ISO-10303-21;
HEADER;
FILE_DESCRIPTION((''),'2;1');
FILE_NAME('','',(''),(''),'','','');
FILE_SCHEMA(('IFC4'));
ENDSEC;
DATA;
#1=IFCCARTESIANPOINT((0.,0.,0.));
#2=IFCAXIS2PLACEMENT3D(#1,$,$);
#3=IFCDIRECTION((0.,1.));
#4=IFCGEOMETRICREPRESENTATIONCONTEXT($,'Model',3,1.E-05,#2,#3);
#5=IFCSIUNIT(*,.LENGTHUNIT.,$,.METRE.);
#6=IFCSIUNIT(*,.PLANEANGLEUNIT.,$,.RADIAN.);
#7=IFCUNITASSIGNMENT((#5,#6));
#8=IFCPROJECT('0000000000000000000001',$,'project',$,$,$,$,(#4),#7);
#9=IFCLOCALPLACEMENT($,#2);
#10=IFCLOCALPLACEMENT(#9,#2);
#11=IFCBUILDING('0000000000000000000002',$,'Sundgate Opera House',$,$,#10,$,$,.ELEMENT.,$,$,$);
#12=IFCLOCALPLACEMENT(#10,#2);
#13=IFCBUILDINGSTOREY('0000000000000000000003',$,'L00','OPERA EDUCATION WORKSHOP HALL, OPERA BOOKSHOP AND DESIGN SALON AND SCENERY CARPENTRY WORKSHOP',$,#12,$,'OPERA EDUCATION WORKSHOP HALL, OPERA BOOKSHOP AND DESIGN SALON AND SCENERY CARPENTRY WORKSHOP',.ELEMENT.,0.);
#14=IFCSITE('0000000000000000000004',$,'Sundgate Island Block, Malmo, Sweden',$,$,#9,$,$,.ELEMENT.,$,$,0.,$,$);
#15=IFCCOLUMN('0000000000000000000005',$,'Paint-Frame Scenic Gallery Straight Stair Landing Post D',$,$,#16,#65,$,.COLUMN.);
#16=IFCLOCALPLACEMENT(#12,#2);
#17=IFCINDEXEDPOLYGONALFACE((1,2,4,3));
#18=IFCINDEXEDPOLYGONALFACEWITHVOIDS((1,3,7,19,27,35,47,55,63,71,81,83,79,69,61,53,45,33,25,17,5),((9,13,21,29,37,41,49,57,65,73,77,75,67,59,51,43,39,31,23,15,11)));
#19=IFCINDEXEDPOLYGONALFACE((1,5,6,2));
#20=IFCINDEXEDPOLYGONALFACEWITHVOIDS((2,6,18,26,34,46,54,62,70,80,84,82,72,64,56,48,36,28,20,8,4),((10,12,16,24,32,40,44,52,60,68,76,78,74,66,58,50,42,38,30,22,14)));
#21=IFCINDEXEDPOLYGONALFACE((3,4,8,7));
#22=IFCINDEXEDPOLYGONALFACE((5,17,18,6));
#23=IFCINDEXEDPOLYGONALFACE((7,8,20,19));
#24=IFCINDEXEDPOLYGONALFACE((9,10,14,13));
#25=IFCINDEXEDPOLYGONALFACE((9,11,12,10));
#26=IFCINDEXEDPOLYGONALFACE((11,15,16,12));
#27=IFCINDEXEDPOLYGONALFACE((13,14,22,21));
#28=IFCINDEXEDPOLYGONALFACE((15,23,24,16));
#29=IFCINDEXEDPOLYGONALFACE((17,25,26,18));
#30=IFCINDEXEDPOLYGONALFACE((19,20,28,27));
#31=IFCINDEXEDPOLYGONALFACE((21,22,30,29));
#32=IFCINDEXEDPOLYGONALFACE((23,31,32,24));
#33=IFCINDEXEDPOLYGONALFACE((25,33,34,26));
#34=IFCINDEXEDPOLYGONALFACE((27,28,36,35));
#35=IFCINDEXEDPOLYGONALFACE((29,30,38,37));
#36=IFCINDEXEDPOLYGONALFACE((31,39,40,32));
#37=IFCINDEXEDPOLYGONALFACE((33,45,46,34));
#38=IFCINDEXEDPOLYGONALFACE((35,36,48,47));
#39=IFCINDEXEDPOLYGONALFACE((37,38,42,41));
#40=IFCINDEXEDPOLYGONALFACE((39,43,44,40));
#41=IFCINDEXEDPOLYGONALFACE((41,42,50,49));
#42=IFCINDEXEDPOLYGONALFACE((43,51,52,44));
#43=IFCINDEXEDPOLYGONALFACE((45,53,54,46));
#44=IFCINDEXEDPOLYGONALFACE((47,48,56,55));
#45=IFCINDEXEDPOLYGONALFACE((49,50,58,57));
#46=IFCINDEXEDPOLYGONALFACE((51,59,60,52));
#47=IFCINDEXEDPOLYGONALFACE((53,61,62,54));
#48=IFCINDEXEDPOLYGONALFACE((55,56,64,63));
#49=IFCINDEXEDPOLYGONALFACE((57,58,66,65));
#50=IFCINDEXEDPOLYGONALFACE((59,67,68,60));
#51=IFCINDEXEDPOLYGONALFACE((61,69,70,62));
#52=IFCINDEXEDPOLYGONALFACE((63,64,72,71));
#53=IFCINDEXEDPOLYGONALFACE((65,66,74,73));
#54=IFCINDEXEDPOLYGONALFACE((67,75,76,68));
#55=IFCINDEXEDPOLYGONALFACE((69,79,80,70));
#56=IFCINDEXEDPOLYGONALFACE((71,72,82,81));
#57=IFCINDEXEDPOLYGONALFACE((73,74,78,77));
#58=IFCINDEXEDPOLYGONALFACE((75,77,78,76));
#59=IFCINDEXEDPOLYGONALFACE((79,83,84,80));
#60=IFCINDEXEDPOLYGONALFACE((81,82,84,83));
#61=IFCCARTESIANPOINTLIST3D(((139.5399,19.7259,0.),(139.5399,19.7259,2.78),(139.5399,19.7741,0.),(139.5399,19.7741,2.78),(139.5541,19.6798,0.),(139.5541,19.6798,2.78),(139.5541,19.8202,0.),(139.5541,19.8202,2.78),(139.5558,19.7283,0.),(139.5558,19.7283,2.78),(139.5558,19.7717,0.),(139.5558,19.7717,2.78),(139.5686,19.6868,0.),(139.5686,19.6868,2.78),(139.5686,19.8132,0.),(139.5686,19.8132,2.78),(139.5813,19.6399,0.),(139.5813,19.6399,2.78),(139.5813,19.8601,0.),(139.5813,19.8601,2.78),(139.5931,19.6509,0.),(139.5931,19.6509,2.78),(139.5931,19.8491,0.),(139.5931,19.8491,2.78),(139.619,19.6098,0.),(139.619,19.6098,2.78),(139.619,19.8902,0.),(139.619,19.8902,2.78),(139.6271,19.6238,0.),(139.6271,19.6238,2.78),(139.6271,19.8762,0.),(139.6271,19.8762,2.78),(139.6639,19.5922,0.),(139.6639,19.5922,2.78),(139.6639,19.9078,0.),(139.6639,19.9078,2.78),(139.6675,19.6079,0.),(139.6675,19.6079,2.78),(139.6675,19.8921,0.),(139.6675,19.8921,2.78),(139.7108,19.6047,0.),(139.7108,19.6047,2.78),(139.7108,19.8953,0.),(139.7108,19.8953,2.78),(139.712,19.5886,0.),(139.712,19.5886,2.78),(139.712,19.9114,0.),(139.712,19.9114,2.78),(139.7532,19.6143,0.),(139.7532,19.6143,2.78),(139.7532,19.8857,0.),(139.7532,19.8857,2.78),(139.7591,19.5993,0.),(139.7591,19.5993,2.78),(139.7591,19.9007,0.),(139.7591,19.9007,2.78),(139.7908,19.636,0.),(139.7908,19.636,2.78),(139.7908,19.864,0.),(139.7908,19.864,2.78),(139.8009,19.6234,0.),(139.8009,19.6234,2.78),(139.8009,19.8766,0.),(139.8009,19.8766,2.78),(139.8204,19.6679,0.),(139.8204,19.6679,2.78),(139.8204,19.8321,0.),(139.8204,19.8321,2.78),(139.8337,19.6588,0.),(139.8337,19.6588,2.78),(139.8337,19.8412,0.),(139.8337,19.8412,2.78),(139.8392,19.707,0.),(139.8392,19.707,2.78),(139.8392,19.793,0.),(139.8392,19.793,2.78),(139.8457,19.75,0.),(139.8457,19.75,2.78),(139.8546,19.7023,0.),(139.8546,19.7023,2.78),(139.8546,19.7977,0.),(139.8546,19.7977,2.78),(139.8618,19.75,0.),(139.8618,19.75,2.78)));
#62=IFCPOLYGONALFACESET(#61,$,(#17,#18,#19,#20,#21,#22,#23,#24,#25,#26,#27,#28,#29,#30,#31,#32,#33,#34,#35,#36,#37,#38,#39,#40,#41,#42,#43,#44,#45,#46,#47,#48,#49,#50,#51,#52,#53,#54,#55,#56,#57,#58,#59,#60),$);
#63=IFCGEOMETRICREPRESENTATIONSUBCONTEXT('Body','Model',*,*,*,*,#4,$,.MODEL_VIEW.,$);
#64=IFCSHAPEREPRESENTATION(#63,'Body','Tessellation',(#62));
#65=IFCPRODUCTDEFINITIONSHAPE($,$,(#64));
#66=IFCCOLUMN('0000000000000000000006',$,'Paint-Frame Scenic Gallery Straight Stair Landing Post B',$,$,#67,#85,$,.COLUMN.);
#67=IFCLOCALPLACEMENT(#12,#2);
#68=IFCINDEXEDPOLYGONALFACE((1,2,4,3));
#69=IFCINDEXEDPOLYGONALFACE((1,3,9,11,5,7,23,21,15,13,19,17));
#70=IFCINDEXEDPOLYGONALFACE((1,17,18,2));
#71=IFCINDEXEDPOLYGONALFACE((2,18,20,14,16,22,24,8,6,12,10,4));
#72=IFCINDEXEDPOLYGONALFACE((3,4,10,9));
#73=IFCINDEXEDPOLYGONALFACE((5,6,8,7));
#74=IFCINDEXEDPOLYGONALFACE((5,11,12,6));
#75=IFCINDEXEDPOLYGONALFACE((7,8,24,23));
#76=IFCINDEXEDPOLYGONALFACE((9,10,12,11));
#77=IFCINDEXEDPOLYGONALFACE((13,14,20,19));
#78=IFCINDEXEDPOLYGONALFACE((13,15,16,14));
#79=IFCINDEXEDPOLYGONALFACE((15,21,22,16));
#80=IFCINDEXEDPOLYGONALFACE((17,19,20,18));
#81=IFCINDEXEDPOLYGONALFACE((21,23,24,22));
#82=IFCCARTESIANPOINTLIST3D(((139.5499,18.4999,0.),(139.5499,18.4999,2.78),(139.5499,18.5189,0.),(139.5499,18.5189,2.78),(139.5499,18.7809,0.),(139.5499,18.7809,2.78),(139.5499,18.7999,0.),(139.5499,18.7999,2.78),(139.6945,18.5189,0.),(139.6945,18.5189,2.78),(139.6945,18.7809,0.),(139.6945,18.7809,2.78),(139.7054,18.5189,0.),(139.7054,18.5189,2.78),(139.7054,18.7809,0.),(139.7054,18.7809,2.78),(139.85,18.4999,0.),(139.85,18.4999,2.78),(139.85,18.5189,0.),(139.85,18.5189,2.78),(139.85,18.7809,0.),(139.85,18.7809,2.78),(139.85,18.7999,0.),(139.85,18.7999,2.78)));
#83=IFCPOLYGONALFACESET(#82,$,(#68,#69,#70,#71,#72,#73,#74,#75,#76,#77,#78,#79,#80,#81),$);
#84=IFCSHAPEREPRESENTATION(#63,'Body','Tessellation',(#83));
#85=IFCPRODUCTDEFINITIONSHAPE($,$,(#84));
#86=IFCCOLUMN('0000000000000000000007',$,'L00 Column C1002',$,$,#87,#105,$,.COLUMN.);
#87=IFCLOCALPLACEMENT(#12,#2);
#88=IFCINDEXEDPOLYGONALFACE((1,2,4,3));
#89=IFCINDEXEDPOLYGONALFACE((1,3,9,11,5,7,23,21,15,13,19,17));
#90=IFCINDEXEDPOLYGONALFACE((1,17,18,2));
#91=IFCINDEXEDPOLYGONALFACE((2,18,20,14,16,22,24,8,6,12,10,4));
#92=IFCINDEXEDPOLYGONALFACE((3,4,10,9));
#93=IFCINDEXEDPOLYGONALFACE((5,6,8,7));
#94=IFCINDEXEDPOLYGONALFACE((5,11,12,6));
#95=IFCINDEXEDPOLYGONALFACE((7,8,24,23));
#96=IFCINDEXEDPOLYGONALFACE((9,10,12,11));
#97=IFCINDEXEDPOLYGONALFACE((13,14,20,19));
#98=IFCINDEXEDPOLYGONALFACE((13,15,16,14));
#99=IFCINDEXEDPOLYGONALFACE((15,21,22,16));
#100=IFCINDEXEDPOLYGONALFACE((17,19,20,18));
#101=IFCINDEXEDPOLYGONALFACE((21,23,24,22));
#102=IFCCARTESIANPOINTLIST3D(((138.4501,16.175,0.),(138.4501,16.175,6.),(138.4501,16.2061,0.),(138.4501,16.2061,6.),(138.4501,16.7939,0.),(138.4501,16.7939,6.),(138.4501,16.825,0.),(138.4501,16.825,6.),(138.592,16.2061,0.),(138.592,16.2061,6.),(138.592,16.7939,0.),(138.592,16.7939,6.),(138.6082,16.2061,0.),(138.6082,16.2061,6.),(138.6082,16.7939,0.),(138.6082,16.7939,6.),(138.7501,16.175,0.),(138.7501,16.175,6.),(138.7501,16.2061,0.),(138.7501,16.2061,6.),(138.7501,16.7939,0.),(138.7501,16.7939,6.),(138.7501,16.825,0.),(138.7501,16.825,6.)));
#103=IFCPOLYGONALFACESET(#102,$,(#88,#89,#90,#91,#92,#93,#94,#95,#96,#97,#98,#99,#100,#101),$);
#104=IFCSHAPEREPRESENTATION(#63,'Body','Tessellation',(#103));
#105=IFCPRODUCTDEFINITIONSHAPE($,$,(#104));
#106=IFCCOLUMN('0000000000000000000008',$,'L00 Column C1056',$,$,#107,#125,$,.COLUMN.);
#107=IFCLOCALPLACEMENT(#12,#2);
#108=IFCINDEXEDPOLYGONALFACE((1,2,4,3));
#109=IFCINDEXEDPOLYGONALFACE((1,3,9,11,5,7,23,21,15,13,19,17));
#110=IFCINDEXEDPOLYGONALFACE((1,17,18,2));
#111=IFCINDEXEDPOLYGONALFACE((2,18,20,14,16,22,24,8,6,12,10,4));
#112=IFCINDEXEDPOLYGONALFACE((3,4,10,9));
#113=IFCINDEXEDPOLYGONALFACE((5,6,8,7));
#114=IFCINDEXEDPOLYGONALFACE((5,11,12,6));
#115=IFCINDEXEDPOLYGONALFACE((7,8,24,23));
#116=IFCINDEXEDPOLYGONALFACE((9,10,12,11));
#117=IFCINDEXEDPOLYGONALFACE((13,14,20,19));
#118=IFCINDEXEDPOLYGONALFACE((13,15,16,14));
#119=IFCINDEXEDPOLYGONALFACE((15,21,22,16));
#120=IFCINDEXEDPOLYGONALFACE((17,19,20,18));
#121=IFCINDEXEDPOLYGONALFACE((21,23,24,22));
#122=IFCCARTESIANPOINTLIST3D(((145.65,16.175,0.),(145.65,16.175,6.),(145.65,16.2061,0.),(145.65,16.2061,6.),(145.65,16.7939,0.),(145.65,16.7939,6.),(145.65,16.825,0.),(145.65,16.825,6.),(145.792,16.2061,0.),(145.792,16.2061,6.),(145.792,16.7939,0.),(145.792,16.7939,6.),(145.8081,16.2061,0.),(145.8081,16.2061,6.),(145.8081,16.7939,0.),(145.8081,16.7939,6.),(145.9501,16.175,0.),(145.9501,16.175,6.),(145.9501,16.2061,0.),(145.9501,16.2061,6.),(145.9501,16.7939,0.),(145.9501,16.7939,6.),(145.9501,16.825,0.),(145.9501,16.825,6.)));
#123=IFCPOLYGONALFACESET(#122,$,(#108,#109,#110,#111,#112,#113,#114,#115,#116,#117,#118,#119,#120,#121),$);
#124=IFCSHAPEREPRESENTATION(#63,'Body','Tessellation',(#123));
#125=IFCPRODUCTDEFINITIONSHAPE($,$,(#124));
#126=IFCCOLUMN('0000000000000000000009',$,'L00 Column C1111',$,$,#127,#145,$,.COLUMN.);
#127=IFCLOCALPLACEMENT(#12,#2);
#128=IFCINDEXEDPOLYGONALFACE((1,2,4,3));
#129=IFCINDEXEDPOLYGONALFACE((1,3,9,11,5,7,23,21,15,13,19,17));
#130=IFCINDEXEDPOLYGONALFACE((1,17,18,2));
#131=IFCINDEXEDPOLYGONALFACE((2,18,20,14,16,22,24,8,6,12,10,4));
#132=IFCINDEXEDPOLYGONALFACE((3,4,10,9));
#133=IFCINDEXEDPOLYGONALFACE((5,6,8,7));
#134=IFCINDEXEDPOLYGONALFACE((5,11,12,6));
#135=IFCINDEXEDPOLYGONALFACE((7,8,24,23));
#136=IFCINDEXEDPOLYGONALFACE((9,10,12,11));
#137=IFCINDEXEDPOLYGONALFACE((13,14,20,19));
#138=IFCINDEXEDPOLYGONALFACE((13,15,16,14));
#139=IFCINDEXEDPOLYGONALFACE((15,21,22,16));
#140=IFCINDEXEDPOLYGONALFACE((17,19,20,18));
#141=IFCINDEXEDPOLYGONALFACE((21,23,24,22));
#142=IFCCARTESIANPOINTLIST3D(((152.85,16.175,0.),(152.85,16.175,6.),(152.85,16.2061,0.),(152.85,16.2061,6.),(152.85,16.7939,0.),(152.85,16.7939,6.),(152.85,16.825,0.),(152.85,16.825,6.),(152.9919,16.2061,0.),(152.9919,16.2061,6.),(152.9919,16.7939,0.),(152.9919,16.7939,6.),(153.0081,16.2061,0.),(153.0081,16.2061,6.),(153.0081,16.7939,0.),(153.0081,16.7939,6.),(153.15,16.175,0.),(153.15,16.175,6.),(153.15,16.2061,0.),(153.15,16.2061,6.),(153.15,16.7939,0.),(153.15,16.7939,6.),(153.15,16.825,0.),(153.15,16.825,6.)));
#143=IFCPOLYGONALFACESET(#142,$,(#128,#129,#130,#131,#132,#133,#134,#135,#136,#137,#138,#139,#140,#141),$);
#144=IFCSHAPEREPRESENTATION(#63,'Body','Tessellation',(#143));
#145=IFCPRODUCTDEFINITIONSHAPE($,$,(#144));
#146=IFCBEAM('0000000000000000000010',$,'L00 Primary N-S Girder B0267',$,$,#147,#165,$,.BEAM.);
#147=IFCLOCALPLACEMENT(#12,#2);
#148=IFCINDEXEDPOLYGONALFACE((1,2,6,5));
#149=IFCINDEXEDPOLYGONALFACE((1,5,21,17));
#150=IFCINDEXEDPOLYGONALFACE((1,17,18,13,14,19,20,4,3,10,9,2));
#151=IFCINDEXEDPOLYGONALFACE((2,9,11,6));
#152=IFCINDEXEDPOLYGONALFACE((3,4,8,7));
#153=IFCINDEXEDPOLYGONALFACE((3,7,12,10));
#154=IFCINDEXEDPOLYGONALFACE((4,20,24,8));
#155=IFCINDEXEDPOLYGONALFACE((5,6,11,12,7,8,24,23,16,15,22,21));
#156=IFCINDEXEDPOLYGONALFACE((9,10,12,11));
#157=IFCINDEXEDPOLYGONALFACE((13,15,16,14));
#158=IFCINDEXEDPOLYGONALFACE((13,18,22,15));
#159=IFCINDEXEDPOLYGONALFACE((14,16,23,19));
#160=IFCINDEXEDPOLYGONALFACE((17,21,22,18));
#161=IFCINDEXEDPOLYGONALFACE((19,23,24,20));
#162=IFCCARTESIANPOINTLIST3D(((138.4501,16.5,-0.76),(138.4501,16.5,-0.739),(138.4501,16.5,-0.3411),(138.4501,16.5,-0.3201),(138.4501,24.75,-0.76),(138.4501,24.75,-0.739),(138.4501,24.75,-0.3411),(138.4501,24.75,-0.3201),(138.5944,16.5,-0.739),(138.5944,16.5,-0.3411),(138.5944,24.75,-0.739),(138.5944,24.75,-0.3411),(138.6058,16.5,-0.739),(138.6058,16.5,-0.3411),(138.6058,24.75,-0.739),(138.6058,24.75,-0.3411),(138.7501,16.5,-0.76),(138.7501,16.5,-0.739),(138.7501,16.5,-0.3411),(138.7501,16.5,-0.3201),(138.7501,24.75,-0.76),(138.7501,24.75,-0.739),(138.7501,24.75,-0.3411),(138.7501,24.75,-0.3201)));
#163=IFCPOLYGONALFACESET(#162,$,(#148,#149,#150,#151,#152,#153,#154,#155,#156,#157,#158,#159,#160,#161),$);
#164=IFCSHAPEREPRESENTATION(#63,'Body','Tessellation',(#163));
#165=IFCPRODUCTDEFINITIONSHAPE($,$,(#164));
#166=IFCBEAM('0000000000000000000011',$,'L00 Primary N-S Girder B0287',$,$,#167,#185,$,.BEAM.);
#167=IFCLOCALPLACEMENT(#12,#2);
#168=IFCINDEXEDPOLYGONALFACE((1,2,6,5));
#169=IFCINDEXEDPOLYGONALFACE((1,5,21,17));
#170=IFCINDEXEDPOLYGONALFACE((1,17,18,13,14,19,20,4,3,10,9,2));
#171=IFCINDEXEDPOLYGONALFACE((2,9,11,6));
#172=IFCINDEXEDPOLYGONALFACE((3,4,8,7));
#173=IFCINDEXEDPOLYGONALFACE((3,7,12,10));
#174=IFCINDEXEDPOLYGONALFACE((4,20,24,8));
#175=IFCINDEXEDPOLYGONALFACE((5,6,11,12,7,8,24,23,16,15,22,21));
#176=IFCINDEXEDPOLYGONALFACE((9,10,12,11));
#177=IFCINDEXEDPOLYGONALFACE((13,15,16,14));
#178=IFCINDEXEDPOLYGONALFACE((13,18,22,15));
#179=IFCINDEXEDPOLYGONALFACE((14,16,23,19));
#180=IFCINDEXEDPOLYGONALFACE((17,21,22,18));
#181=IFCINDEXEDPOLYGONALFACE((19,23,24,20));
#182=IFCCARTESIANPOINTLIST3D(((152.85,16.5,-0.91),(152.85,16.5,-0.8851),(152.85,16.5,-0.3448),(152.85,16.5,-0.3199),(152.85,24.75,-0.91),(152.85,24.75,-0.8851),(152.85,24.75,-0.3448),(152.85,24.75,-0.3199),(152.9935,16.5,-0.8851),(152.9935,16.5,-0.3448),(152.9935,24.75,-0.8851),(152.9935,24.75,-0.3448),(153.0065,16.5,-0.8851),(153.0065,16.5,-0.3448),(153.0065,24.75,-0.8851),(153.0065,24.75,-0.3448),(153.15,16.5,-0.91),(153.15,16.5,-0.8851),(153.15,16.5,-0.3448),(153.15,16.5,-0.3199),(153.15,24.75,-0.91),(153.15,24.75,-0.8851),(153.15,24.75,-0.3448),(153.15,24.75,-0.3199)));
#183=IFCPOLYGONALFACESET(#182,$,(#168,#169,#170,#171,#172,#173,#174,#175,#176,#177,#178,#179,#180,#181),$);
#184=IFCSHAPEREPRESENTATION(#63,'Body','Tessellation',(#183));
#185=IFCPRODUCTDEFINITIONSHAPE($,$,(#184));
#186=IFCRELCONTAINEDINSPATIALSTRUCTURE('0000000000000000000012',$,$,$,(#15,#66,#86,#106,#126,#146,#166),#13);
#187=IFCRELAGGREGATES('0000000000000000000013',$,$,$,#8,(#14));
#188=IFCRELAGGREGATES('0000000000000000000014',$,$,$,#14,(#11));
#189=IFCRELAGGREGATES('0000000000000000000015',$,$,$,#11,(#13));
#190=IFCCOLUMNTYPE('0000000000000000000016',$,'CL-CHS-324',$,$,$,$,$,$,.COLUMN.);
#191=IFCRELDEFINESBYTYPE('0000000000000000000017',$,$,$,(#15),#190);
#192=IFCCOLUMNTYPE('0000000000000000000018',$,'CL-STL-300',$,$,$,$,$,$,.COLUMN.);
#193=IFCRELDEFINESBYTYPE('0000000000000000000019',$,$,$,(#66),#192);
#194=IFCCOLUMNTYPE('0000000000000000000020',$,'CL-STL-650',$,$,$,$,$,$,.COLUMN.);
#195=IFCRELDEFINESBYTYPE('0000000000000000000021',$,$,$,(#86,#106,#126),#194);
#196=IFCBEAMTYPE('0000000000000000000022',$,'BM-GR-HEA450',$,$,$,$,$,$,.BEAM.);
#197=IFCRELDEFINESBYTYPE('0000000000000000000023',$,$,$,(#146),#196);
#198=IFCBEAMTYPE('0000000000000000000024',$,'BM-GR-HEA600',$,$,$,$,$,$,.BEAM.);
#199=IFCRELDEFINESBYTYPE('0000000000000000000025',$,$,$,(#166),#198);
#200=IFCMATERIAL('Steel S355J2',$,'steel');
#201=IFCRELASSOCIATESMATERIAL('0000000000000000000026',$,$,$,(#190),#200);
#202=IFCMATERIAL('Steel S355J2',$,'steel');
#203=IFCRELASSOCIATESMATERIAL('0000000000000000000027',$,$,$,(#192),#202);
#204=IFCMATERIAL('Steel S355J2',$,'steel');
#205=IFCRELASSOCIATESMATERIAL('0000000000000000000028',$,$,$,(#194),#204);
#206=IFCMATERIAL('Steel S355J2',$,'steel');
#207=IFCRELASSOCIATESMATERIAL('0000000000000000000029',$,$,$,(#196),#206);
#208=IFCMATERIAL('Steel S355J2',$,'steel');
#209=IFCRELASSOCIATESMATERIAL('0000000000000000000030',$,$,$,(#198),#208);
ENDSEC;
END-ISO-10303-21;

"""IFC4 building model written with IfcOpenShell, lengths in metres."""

from ifc_helpers import new_model, si_unit, direction, frame, origin, origin_2d, place, context, subcontext, project, spatial, hollow_circle, i_section, extrude, material, material_profile, profile_set, type_object, element, save


model = new_model("IFC4")

# Units and contexts
model_context = context("Model", 3, precision=1e-05, world=origin(), true_north=direction((0.0, 1.0)))
body_context = subcontext(model_context, "Body", "Model", "MODEL_VIEW")
ifc_project = project(units=[si_unit("LENGTHUNIT", "METRE"), si_unit("PLANEANGLEUNIT", "RADIAN")], contexts=[model_context])

# Site, building, storey
site_placement = place(None, origin())
site = spatial("IfcSite", under=ifc_project, at=site_placement, Name="Sundgate Island Block, Malmo, Sweden", CompositionType="ELEMENT", RefElevation=0.0)
building_placement = place(site_placement, origin())
building = spatial("IfcBuilding", under=site, at=building_placement, Name="Sundgate Opera House", CompositionType="ELEMENT")
storey_placement = place(building_placement, origin())
storey = spatial("IfcBuildingStorey", under=building, at=storey_placement, Name="L00", Description="OPERA EDUCATION WORKSHOP HALL, OPERA BOOKSHOP AND DESIGN SALON AND SCENERY CARPENTRY WORKSHOP", LongName="OPERA EDUCATION WORKSHOP HALL, OPERA BOOKSHOP AND DESIGN SALON AND SCENERY CARPENTRY WORKSHOP", CompositionType="ELEMENT", Elevation=0.0)

# Columns
ifc_material_1 = material(Name="Steel S355J2", Category="steel")
ifc_material_profile_1 = material_profile(ifc_material_1, hollow_circle(Radius=0.1619, WallThickness=0.0161, at=origin_2d()), Name="CHS 323.9x16.0")
ifc_profile_set_1 = profile_set([ifc_material_profile_1], Name="Steel S355J2")
column_type_1 = type_object("IfcColumnType", Name="CL-CHS-324", PredefinedType="COLUMN", material=ifc_profile_set_1)
column_1_placement = place(storey_placement, frame((139.7, 19.75, 0.0), z_axis=(0.0, 0.0, 1.0), x_axis=(1.0, 0.0, 0.0)))
element("IfcColumn", 1, at=column_1_placement, inside=storey, type_object=column_type_1, Name="Paint-Frame Scenic Gallery Straight Stair Landing Post D", PredefinedType="COLUMN", context=body_context, shape_type="SweptSolid", body=[
    extrude(hollow_circle(Radius=0.1619, WallThickness=0.0161, at=origin_2d()), origin(), (0.0, 0.0, 1.0), 2.78),
])
ifc_material_2 = material(Name="Steel S355J2", Category="steel")
ifc_material_profile_2 = material_profile(ifc_material_2, i_section(OverallWidth=0.3, OverallDepth=0.3, WebThickness=0.011, FlangeThickness=0.019, at=origin_2d()), Name="HEB 300")
ifc_profile_set_2 = profile_set([ifc_material_profile_2], Name="Steel S355J2")
column_type_2 = type_object("IfcColumnType", Name="CL-STL-300", PredefinedType="COLUMN", material=ifc_profile_set_2)
column_2_placement = place(storey_placement, frame((139.7, 18.6499, 0.0), z_axis=(0.0, 0.0, 1.0), x_axis=(1.0, 0.0, 0.0)))
element("IfcColumn", 2, at=column_2_placement, inside=storey, type_object=column_type_2, Name="Paint-Frame Scenic Gallery Straight Stair Landing Post B", PredefinedType="COLUMN", context=body_context, shape_type="SweptSolid", body=[
    extrude(i_section(OverallWidth=0.3, OverallDepth=0.3, WebThickness=0.011, FlangeThickness=0.019, at=origin_2d()), origin(), (0.0, 0.0, 1.0), 2.78),
])
ifc_material_3 = material(Name="Steel S355J2", Category="steel")
ifc_material_profile_3 = material_profile(ifc_material_3, i_section(OverallWidth=0.3, OverallDepth=0.6499, WebThickness=0.0161, FlangeThickness=0.031, at=origin_2d()), Name="HEB 650")
ifc_profile_set_3 = profile_set([ifc_material_profile_3], Name="Steel S355J2")
column_type_3 = type_object("IfcColumnType", Name="CL-STL-650", PredefinedType="COLUMN", material=ifc_profile_set_3)
for number, where, z_axis, x_axis, name in (
    (3, (138.6001, 16.5, 0.0), (0.0, 0.0, 1.0), (1.0, 0.0, 0.0), "L00 Column C1002"),
    (4, (145.8, 16.5, 0.0), (0.0, 0.0, 1.0), (1.0, 0.0, 0.0), "L00 Column C1056"),
    (5, (153.0, 16.5, 0.0), (0.0, 0.0, 1.0), (1.0, 0.0, 0.0), "L00 Column C1111"),
):
    element("IfcColumn", number, at=place(storey_placement, frame(where, z_axis=z_axis, x_axis=x_axis)), inside=storey, type_object=column_type_3, Name=name, PredefinedType="COLUMN", context=body_context, shape_type="SweptSolid", body=[
        extrude(i_section(OverallWidth=0.3, OverallDepth=0.6499, WebThickness=0.0161, FlangeThickness=0.031, at=origin_2d()), origin(), (0.0, 0.0, 1.0), 6.0),
    ])

# Beams
ifc_material_4 = material(Name="Steel S355J2", Category="steel")
ifc_material_profile_4 = material_profile(ifc_material_4, i_section(OverallWidth=0.3, OverallDepth=0.4399, WebThickness=0.0115, FlangeThickness=0.021, at=origin_2d()), Name="HEA 450")
ifc_profile_set_4 = profile_set([ifc_material_profile_4], Name="Steel S355J2")
beam_type_1 = type_object("IfcBeamType", Name="BM-GR-HEA450", PredefinedType="BEAM", material=ifc_profile_set_4)
beam_1_placement = place(storey_placement, frame((138.6001, 16.5, -0.54), z_axis=(0.0, 1.0, 0.0), x_axis=(-1.0, 0.0, 0.0)))
element("IfcBeam", 6, at=beam_1_placement, inside=storey, type_object=beam_type_1, Name="L00 Primary N-S Girder B0267", PredefinedType="BEAM", context=body_context, shape_type="SweptSolid", body=[
    extrude(i_section(OverallWidth=0.3, OverallDepth=0.4399, WebThickness=0.0115, FlangeThickness=0.021, at=origin_2d()), origin(), (0.0, 0.0, 1.0), 8.25),
])
ifc_material_5 = material(Name="Steel S355J2", Category="steel")
ifc_material_profile_5 = material_profile(ifc_material_5, i_section(OverallWidth=0.3, OverallDepth=0.5901, WebThickness=0.0129, FlangeThickness=0.0249, at=origin_2d()), Name="HEA 600")
ifc_profile_set_5 = profile_set([ifc_material_profile_5], Name="Steel S355J2")
beam_type_2 = type_object("IfcBeamType", Name="BM-GR-HEA600", PredefinedType="BEAM", material=ifc_profile_set_5)
beam_2_placement = place(storey_placement, frame((153.0, 16.5, -0.615), z_axis=(0.0, 1.0, 0.0), x_axis=(-1.0, 0.0, 0.0)))
element("IfcBeam", 7, at=beam_2_placement, inside=storey, type_object=beam_type_2, Name="L00 Primary N-S Girder B0287", PredefinedType="BEAM", context=body_context, shape_type="SweptSolid", body=[
    extrude(i_section(OverallWidth=0.3, OverallDepth=0.5901, WebThickness=0.0129, FlangeThickness=0.0249, at=origin_2d()), origin(), (0.0, 0.0, 1.0), 8.25),
])

save(model, "model.ifc")
